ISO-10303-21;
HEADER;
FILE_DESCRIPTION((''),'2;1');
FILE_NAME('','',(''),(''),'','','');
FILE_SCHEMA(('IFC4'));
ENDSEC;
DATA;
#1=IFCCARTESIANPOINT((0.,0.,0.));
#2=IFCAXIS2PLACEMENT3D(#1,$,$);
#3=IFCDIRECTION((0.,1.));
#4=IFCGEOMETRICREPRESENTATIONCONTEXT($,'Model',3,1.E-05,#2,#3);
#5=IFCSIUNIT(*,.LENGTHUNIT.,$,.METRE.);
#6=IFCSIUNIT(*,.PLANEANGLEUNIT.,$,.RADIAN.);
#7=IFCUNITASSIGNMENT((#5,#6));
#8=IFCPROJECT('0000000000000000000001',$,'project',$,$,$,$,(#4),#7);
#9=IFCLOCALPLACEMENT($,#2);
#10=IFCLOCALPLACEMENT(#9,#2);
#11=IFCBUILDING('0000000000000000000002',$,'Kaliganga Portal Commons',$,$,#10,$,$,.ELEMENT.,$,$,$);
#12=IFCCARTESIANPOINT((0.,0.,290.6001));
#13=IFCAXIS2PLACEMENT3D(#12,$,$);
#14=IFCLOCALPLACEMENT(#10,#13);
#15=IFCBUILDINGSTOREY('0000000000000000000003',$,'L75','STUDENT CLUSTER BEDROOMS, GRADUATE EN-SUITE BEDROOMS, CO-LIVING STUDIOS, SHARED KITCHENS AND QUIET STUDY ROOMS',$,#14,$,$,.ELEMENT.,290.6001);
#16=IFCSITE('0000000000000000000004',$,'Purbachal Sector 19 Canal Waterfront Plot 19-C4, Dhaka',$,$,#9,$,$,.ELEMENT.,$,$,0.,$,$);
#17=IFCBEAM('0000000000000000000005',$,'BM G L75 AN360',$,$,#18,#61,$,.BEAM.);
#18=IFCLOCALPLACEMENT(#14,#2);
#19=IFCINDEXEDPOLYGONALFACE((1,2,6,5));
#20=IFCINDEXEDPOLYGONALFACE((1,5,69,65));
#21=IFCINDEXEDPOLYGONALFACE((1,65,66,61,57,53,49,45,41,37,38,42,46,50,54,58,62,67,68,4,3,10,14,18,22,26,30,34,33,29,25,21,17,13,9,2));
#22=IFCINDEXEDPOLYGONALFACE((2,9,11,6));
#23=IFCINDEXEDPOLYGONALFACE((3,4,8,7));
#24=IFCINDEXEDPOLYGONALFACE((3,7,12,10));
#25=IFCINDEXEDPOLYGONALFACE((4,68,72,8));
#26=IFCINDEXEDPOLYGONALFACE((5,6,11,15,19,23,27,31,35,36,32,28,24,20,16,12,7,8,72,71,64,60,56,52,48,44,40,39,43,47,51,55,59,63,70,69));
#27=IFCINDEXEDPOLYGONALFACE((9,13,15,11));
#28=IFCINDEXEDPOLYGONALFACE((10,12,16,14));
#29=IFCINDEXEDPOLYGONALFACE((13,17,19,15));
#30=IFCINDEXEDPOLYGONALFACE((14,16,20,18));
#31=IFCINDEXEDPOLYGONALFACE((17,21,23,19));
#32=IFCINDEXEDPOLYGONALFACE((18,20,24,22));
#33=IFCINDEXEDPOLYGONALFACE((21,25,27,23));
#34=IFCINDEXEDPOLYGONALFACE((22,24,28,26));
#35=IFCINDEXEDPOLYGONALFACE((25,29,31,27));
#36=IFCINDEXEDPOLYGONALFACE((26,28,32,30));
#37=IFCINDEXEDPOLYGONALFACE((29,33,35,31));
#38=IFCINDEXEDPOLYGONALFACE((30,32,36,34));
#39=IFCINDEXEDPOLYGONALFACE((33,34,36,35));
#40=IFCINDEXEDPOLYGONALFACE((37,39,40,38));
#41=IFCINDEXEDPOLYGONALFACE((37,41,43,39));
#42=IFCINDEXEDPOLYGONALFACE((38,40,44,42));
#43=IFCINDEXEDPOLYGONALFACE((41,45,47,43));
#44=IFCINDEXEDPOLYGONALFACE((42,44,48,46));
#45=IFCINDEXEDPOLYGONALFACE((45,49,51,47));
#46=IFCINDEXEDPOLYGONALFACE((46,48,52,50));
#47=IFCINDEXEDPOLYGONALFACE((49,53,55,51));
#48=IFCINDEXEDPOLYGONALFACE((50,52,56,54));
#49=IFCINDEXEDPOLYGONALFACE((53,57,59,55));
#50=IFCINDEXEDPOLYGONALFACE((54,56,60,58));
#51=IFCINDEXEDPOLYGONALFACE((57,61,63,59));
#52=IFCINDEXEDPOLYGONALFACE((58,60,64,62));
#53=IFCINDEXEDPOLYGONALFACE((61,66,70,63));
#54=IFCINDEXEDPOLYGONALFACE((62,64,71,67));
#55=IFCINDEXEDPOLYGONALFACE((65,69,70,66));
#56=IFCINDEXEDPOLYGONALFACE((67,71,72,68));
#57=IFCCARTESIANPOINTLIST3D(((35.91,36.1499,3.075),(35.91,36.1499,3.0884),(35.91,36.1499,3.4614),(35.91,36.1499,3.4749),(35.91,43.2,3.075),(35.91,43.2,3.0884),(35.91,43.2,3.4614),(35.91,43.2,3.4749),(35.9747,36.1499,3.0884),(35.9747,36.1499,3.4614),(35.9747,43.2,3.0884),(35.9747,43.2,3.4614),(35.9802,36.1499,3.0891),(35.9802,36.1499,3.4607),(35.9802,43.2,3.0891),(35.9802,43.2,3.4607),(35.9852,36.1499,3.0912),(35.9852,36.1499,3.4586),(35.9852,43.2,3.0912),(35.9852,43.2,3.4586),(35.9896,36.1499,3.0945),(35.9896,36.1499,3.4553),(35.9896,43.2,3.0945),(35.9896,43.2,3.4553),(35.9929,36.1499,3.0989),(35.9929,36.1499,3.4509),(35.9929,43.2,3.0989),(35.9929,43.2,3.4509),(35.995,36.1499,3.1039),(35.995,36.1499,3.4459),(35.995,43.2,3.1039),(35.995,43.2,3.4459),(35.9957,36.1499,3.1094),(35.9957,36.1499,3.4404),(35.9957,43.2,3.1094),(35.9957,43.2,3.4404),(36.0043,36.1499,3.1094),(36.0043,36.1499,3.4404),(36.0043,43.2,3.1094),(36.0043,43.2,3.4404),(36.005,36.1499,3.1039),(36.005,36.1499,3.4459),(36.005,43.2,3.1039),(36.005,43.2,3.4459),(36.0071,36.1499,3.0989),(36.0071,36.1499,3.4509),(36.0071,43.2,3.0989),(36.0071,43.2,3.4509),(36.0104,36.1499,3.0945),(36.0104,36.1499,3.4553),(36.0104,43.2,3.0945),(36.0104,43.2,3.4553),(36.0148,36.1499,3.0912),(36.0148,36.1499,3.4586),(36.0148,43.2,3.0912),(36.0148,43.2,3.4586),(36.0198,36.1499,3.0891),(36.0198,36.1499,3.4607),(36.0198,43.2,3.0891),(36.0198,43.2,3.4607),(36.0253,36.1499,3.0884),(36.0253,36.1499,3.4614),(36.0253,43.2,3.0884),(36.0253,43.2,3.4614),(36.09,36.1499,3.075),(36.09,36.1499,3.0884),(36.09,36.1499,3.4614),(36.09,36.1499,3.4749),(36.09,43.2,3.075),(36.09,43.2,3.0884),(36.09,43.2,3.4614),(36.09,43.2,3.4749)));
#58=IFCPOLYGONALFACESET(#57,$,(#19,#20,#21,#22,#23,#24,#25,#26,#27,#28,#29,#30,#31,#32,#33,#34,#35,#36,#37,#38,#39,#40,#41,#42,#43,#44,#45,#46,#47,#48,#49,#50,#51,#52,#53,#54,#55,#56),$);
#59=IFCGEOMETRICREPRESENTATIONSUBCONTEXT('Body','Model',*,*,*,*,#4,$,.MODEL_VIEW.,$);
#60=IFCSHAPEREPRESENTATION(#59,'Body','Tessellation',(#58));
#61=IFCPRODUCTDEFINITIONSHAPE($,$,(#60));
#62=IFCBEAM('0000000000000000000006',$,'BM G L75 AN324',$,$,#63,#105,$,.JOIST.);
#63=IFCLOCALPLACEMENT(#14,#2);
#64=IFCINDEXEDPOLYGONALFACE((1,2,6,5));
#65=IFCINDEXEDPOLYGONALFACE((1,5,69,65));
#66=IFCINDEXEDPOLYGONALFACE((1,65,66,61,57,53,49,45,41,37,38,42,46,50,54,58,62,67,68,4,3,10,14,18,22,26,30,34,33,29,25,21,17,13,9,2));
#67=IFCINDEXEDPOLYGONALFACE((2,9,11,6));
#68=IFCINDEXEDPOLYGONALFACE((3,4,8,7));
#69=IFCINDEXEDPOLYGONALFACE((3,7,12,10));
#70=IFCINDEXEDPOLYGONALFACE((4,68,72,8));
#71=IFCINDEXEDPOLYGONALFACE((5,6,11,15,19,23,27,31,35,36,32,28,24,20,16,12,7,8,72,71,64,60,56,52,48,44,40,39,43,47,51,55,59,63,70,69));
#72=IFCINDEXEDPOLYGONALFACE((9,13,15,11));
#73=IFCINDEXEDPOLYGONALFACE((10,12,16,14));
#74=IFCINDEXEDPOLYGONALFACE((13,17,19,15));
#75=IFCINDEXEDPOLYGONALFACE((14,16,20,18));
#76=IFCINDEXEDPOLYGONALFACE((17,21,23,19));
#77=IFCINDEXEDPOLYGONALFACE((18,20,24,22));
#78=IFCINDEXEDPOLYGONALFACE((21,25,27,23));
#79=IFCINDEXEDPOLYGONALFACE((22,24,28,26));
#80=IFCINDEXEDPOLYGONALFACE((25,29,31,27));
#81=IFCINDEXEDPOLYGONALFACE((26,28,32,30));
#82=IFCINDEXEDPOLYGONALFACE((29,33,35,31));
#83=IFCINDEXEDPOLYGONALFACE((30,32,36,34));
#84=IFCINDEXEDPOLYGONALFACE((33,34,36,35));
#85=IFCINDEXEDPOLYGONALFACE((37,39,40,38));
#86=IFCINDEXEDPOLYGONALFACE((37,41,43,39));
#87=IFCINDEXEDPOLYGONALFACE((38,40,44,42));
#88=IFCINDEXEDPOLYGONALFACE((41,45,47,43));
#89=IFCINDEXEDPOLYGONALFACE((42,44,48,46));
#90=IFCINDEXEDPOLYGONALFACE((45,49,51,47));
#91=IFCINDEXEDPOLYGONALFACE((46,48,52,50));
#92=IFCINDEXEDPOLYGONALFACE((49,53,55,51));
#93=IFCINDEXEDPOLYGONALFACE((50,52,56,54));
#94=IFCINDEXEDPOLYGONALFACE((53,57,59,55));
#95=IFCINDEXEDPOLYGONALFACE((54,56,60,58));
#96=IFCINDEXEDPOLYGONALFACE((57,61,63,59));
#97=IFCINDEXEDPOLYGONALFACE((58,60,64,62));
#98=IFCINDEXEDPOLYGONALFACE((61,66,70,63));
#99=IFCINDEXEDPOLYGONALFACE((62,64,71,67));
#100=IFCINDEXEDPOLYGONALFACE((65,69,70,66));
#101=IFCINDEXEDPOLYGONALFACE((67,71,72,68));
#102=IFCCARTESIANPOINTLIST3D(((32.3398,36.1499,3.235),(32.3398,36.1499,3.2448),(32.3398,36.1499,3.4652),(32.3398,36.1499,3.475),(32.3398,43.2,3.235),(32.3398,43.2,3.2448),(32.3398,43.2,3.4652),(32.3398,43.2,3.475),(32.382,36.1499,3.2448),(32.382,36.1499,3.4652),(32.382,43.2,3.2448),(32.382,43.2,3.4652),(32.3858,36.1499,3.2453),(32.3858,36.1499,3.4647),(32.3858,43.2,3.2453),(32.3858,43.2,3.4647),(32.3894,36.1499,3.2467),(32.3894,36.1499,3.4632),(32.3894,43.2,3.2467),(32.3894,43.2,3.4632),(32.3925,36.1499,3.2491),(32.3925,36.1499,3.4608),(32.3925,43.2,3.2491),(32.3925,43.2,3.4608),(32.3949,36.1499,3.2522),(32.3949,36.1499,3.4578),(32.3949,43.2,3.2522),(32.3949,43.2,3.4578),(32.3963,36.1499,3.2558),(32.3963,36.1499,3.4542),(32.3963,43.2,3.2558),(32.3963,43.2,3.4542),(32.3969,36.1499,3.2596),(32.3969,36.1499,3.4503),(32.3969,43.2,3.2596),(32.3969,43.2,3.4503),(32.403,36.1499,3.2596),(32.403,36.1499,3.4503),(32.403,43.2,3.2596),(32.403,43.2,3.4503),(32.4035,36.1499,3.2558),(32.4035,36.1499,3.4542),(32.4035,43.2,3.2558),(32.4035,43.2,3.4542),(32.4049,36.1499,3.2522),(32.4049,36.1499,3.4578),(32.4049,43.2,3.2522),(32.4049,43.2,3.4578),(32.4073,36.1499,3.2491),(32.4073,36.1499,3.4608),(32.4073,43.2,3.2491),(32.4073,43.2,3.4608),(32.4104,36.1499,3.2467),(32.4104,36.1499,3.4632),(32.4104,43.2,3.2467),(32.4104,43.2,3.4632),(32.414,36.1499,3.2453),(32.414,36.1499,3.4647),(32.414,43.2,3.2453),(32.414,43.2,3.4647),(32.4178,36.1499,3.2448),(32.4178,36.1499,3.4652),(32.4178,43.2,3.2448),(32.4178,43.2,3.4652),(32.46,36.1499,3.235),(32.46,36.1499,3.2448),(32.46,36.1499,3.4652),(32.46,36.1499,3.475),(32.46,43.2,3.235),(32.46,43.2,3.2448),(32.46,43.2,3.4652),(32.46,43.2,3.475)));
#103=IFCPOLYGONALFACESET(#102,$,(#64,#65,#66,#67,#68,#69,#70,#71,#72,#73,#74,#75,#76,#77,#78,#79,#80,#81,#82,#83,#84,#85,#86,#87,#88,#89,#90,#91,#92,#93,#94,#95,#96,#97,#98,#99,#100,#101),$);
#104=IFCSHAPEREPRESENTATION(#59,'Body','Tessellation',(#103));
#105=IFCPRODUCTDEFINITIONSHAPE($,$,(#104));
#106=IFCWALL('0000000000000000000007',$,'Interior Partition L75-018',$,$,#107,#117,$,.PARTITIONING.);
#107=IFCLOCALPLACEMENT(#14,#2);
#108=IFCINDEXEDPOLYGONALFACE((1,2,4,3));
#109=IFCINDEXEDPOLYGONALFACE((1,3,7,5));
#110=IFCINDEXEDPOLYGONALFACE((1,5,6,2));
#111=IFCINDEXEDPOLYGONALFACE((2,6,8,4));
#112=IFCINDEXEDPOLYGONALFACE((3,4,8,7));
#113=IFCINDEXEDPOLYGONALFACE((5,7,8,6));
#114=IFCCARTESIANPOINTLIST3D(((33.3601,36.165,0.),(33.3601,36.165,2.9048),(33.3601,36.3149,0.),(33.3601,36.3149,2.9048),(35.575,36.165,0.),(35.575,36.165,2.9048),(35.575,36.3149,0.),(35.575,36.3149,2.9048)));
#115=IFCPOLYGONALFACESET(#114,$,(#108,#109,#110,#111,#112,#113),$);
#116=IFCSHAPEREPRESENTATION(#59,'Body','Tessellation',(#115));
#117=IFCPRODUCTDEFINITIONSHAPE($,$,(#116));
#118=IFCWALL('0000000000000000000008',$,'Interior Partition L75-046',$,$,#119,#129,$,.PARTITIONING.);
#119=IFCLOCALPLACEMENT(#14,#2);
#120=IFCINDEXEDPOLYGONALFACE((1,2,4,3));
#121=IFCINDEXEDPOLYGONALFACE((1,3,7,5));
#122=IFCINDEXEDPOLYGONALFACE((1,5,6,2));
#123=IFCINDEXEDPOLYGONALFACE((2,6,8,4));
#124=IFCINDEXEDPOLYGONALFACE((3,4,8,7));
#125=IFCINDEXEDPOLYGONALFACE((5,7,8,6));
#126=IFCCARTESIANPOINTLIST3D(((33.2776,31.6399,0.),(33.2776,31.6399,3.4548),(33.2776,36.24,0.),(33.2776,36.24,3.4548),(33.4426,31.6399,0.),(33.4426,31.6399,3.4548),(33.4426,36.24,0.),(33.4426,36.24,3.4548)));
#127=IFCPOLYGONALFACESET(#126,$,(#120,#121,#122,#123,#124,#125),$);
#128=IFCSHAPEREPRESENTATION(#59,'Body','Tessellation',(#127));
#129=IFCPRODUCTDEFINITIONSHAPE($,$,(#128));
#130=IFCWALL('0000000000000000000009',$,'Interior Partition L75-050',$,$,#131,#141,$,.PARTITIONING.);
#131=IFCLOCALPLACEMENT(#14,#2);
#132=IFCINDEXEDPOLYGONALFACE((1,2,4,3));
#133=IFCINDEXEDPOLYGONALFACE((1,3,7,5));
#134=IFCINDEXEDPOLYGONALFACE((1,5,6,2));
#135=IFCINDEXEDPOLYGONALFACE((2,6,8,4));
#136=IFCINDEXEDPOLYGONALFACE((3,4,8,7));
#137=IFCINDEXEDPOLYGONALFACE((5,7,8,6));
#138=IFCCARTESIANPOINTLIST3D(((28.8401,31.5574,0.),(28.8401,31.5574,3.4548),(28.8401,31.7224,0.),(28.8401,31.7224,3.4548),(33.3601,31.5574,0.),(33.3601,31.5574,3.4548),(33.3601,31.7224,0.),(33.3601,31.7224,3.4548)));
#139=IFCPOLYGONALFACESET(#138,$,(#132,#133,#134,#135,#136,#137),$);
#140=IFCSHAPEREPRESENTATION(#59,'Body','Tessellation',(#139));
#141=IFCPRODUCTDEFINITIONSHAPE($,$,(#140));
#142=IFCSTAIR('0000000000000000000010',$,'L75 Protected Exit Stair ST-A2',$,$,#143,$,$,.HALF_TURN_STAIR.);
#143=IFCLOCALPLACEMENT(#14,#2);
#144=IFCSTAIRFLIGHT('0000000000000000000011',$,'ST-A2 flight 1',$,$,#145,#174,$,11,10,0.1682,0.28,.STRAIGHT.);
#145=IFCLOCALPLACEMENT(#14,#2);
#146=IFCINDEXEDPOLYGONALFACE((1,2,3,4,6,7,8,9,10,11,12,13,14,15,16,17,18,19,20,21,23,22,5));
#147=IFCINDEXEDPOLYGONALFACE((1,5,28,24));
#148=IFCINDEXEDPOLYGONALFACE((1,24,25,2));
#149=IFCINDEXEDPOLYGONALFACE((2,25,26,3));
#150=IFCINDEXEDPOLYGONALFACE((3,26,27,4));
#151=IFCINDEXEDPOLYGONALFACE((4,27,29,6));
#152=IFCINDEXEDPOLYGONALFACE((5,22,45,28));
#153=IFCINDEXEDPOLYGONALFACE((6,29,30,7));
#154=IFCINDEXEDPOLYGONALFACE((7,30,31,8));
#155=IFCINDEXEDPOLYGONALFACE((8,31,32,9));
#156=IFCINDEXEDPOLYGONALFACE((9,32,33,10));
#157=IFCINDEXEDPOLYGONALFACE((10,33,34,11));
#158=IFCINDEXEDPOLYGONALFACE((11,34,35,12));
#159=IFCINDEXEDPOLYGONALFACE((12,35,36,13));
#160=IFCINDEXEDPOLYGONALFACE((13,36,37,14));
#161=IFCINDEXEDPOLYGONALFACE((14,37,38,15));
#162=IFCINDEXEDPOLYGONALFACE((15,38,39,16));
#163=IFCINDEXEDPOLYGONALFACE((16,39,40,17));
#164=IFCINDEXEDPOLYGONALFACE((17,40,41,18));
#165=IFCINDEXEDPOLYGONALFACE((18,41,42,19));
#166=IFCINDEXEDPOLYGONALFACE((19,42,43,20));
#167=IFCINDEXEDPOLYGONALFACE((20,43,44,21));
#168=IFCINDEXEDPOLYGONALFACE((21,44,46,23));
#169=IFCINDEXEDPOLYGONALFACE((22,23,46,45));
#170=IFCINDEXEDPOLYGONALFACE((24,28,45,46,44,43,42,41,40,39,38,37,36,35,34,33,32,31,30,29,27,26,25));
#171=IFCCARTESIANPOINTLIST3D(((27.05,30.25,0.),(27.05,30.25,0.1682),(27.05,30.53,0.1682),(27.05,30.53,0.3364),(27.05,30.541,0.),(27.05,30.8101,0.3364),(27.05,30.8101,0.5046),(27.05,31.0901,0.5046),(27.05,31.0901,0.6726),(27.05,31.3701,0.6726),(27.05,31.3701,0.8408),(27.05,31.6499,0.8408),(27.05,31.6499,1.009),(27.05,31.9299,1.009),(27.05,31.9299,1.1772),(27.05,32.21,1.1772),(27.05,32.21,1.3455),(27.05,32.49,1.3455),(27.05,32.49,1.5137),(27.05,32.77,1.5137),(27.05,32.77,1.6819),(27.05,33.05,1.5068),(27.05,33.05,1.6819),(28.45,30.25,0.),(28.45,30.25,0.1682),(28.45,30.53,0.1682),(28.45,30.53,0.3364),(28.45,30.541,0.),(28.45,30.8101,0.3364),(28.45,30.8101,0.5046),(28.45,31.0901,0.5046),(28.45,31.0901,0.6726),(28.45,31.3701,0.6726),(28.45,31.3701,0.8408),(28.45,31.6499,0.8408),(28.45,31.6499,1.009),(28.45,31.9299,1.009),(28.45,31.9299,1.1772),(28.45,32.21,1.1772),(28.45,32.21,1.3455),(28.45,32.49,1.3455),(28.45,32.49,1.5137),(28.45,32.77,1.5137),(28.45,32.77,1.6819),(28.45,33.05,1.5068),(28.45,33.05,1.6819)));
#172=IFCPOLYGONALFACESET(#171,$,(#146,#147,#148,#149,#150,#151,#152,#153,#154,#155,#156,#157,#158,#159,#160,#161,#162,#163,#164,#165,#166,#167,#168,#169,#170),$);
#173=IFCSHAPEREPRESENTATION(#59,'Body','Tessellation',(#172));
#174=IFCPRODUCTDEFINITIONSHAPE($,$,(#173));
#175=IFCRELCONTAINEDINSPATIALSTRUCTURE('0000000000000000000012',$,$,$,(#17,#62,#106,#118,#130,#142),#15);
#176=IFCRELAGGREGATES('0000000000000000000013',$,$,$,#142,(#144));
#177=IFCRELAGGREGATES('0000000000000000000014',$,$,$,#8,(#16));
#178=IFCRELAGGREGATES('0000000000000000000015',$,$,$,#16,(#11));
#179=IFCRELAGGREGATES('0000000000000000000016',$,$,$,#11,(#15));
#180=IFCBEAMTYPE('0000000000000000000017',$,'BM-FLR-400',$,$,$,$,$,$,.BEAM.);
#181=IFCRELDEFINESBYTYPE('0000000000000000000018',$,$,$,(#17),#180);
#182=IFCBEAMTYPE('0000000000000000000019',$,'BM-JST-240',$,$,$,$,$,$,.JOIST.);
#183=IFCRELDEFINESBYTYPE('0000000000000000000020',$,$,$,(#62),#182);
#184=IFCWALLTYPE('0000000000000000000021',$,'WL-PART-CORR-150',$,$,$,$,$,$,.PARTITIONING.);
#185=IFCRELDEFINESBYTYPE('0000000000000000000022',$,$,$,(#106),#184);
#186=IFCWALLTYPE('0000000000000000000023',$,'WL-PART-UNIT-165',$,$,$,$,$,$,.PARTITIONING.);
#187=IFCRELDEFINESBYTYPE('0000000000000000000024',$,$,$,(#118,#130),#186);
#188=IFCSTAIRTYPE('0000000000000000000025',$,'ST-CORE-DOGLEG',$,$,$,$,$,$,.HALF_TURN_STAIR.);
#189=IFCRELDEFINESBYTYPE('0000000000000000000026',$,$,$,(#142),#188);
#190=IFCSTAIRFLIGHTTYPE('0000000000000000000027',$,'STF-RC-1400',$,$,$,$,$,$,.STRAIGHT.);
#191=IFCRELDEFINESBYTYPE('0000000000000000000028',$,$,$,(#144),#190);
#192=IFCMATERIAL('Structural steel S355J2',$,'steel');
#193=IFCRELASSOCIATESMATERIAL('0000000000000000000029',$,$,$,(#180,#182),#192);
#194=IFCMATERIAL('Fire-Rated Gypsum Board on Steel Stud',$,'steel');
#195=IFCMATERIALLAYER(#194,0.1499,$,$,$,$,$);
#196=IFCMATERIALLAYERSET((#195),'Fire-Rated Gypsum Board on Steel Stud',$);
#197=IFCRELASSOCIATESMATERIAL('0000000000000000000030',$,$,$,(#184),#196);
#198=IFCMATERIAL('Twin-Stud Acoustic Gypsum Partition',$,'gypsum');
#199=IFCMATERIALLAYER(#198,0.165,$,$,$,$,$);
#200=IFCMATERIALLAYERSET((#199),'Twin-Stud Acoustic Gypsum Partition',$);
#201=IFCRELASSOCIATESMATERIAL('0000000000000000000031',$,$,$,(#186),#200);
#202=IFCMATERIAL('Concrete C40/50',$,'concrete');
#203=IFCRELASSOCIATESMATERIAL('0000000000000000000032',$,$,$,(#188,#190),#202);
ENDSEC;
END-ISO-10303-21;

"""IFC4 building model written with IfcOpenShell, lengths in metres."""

from ifc_helpers import new_model, si_unit, direction, frame, frame_2d, origin, origin_2d, place, context, subcontext, project, spatial, polyline, rectangle, i_section, outline, extrude, source, transform, mapped, material, layer, layer_set, material_profile, profile_set, type_object, element, aggregate, save


model = new_model("IFC4")

# Units and contexts
model_context = context("Model", 3, precision=1e-05, world=origin(), true_north=direction((0.0, 1.0)))
body_context = subcontext(model_context, "Body", "Model", "MODEL_VIEW")
ifc_project = project(units=[si_unit("LENGTHUNIT", "METRE"), si_unit("PLANEANGLEUNIT", "RADIAN")], contexts=[model_context])

# Site, building, storey
site_placement = place(None, origin())
site = spatial("IfcSite", under=ifc_project, at=site_placement, Name="Purbachal Sector 19 Canal Waterfront Plot 19-C4, Dhaka", CompositionType="ELEMENT", RefElevation=0.0)
building_placement = place(site_placement, origin())
building = spatial("IfcBuilding", under=site, at=building_placement, Name="Kaliganga Portal Commons", CompositionType="ELEMENT")
storey_placement = place(building_placement, frame((0.0, 0.0, 290.6001)))
storey = spatial("IfcBuildingStorey", under=building, at=storey_placement, Name="L75", Description="STUDENT CLUSTER BEDROOMS, GRADUATE EN-SUITE BEDROOMS, CO-LIVING STUDIOS, SHARED KITCHENS AND QUIET STUDY ROOMS", CompositionType="ELEMENT", Elevation=290.6001)

# Beams
ifc_material_1 = material(Name="Structural steel S355J2", Category="steel")
ifc_material_profile_1 = material_profile(ifc_material_1, i_section(OverallWidth=0.1799, OverallDepth=0.3999, WebThickness=0.0085, FlangeThickness=0.0134, FilletRadius=0.021, at=origin_2d()), Name="IPE 400")
ifc_profile_set_1 = profile_set([ifc_material_profile_1], Name="Structural steel S355J2 wide-flange")
beam_type_1 = type_object("IfcBeamType", Name="BM-FLR-400", PredefinedType="BEAM", material=ifc_profile_set_1)
shared_shape_1 = source(origin(), body_context, "Body", "SweptSolid", [
    extrude(i_section(OverallWidth=0.1799, OverallDepth=0.3999, WebThickness=0.0085, FlangeThickness=0.0134, FilletRadius=0.021, at=origin_2d()), origin(), (0.0, 0.0, 1.0), 7.05),
])
for number, where, z_axis, x_axis, name in (
    (1, (36.0, 36.1499, 3.2749), (0.0, 1.0, 0.0), (-1.0, 0.0, 0.0), "BM G L75 AN360"),
):
    element("IfcBeam", number, at=place(storey_placement, frame(where, z_axis=z_axis, x_axis=x_axis)), inside=storey, type_object=beam_type_1, Name=name, PredefinedType="BEAM", context=body_context, shape_type="MappedRepresentation", body=[
        mapped(shared_shape_1, transform((0.0, 0.0, 0.0), x_axis=(1.0, 0.0, 0.0), y_axis=(0.0, 1.0, 0.0), z_axis=(0.0, 0.0, 1.0), scale=1.0)),
    ])
ifc_material_profile_2 = material_profile(ifc_material_1, i_section(OverallWidth=0.1201, OverallDepth=0.24, WebThickness=0.0061, FlangeThickness=0.0098, FilletRadius=0.0149, at=origin_2d()), Name="IPE 240")
ifc_profile_set_2 = profile_set([ifc_material_profile_2], Name="Structural steel S355J2 wide-flange")
beam_type_2 = type_object("IfcBeamType", Name="BM-JST-240", PredefinedType="JOIST", material=ifc_profile_set_2)
shared_shape_2 = source(origin(), body_context, "Body", "SweptSolid", [
    extrude(i_section(OverallWidth=0.1201, OverallDepth=0.24, WebThickness=0.0061, FlangeThickness=0.0098, FilletRadius=0.0149, at=origin_2d()), origin(), (0.0, 0.0, 1.0), 7.05),
])
beam_1_placement = place(storey_placement, frame((32.3999, 36.1499, 3.355), z_axis=(0.0, 1.0, 0.0), x_axis=(-1.0, 0.0, 0.0)))
element("IfcBeam", 2, at=beam_1_placement, inside=storey, type_object=beam_type_2, Name="BM G L75 AN324", PredefinedType="JOIST", context=body_context, shape_type="MappedRepresentation", body=[
    mapped(shared_shape_2, transform((0.0, 0.0, 0.0), x_axis=(1.0, 0.0, 0.0), y_axis=(0.0, 1.0, 0.0), z_axis=(0.0, 0.0, 1.0), scale=1.0)),
])

# Shared definitions
ifc_material_2 = material(Name="Fire-Rated Gypsum Board on Steel Stud", Category="steel")
ifc_layer_1 = layer(ifc_material_2, 0.1499)
ifc_layer_set_1 = layer_set([ifc_layer_1], Name="Fire-Rated Gypsum Board on Steel Stud")
wall_type_1 = type_object("IfcWallType", Name="WL-PART-CORR-150", PredefinedType="PARTITIONING", material=ifc_layer_set_1)

# Walls
wall_1_placement = place(storey_placement, frame((33.3601, 36.24, 0.0), z_axis=(0.0, 0.0, 1.0), x_axis=(1.0, 0.0, 0.0)))
element("IfcWall", 3, at=wall_1_placement, inside=storey, type_object=wall_type_1, Name="Interior Partition L75-018", PredefinedType="PARTITIONING", context=body_context, shape_type="SweptSolid", body=[
    extrude(rectangle(XDim=2.2148, YDim=0.1499, at=frame_2d((1.1074, 0.0))), origin(), (0.0, 0.0, 1.0), 2.9048),
])
ifc_material_3 = material(Name="Twin-Stud Acoustic Gypsum Partition", Category="gypsum")
ifc_layer_2 = layer(ifc_material_3, 0.165)
ifc_layer_set_2 = layer_set([ifc_layer_2], Name="Twin-Stud Acoustic Gypsum Partition")
wall_type_2 = type_object("IfcWallType", Name="WL-PART-UNIT-165", PredefinedType="PARTITIONING", material=ifc_layer_set_2)
wall_2_placement = place(storey_placement, frame((33.3601, 31.6399, 0.0), z_axis=(0.0, 0.0, 1.0), x_axis=(0.0, 1.0, 0.0)))
element("IfcWall", 4, at=wall_2_placement, inside=storey, type_object=wall_type_2, Name="Interior Partition L75-046", PredefinedType="PARTITIONING", context=body_context, shape_type="SweptSolid", body=[
    extrude(rectangle(XDim=4.6001, YDim=0.165, at=frame_2d((2.3, 0.0))), origin(), (0.0, 0.0, 1.0), 3.4548),
])
wall_3_placement = place(storey_placement, frame((28.8401, 31.6399, 0.0), z_axis=(0.0, 0.0, 1.0), x_axis=(1.0, 0.0, 0.0)))
element("IfcWall", 5, at=wall_3_placement, inside=storey, type_object=wall_type_2, Name="Interior Partition L75-050", PredefinedType="PARTITIONING", context=body_context, shape_type="SweptSolid", body=[
    extrude(rectangle(XDim=4.52, YDim=0.165, at=frame_2d((2.26, 0.0))), origin(), (0.0, 0.0, 1.0), 3.4548),
])

# Stair, stair flight
ifc_material_4 = material(Name="Concrete C40/50", Category="concrete")
stair_type = type_object("IfcStairType", Name="ST-CORE-DOGLEG", PredefinedType="HALF_TURN_STAIR", material=ifc_material_4)
stair_placement = place(storey_placement, origin())
stair = element("IfcStair", 6, at=stair_placement, inside=storey, type_object=stair_type, Name="L75 Protected Exit Stair ST-A2", PredefinedType="HALF_TURN_STAIR")
stair_flight_type = type_object("IfcStairFlightType", Name="STF-RC-1400", PredefinedType="STRAIGHT", material=ifc_material_4)
stair_flight_placement = place(storey_placement, frame((27.75, 30.25, 0.0), z_axis=(0.0, 0.0, 1.0), x_axis=(0.0, 1.0, 0.0)))
stair_flight = element("IfcStairFlight", 7, at=stair_flight_placement, type_object=stair_flight_type, Name="ST-A2 flight 1", NumberOfRisers=11, NumberOfTreads=10, PredefinedType="STRAIGHT", RiserHeight=0.1682, TreadLength=0.28, context=body_context, shape_type="SweptSolid", body=[
    extrude(outline(polyline([(0.0, 0.0), (0.0, 0.1682), (0.28, 0.1682), (0.28, 0.3364), (0.5601, 0.3364), (0.5601, 0.5046), (0.8401, 0.5046), (0.8401, 0.6726), (1.1201, 0.6726), (1.1201, 0.8408), (1.3999, 0.8408), (1.3999, 1.009), (1.6799, 1.009), (1.6799, 1.1772), (1.96, 1.1772), (1.96, 1.3455), (2.24, 1.3455), (2.24, 1.5137), (2.52, 1.5137), (2.52, 1.6819), (2.8, 1.6819), (2.8, 1.8501), (2.8, 1.5068), (0.291, 0.0), (0.0, 0.0)])), frame((0.0, 0.7, 0.0), z_axis=(0.0, -1.0, 0.0), x_axis=(1.0, 0.0, 0.0)), (0.0, 0.0, 1.0), 1.3999),
])
aggregate(stair, [stair_flight])

save(model, "model.ifc")
